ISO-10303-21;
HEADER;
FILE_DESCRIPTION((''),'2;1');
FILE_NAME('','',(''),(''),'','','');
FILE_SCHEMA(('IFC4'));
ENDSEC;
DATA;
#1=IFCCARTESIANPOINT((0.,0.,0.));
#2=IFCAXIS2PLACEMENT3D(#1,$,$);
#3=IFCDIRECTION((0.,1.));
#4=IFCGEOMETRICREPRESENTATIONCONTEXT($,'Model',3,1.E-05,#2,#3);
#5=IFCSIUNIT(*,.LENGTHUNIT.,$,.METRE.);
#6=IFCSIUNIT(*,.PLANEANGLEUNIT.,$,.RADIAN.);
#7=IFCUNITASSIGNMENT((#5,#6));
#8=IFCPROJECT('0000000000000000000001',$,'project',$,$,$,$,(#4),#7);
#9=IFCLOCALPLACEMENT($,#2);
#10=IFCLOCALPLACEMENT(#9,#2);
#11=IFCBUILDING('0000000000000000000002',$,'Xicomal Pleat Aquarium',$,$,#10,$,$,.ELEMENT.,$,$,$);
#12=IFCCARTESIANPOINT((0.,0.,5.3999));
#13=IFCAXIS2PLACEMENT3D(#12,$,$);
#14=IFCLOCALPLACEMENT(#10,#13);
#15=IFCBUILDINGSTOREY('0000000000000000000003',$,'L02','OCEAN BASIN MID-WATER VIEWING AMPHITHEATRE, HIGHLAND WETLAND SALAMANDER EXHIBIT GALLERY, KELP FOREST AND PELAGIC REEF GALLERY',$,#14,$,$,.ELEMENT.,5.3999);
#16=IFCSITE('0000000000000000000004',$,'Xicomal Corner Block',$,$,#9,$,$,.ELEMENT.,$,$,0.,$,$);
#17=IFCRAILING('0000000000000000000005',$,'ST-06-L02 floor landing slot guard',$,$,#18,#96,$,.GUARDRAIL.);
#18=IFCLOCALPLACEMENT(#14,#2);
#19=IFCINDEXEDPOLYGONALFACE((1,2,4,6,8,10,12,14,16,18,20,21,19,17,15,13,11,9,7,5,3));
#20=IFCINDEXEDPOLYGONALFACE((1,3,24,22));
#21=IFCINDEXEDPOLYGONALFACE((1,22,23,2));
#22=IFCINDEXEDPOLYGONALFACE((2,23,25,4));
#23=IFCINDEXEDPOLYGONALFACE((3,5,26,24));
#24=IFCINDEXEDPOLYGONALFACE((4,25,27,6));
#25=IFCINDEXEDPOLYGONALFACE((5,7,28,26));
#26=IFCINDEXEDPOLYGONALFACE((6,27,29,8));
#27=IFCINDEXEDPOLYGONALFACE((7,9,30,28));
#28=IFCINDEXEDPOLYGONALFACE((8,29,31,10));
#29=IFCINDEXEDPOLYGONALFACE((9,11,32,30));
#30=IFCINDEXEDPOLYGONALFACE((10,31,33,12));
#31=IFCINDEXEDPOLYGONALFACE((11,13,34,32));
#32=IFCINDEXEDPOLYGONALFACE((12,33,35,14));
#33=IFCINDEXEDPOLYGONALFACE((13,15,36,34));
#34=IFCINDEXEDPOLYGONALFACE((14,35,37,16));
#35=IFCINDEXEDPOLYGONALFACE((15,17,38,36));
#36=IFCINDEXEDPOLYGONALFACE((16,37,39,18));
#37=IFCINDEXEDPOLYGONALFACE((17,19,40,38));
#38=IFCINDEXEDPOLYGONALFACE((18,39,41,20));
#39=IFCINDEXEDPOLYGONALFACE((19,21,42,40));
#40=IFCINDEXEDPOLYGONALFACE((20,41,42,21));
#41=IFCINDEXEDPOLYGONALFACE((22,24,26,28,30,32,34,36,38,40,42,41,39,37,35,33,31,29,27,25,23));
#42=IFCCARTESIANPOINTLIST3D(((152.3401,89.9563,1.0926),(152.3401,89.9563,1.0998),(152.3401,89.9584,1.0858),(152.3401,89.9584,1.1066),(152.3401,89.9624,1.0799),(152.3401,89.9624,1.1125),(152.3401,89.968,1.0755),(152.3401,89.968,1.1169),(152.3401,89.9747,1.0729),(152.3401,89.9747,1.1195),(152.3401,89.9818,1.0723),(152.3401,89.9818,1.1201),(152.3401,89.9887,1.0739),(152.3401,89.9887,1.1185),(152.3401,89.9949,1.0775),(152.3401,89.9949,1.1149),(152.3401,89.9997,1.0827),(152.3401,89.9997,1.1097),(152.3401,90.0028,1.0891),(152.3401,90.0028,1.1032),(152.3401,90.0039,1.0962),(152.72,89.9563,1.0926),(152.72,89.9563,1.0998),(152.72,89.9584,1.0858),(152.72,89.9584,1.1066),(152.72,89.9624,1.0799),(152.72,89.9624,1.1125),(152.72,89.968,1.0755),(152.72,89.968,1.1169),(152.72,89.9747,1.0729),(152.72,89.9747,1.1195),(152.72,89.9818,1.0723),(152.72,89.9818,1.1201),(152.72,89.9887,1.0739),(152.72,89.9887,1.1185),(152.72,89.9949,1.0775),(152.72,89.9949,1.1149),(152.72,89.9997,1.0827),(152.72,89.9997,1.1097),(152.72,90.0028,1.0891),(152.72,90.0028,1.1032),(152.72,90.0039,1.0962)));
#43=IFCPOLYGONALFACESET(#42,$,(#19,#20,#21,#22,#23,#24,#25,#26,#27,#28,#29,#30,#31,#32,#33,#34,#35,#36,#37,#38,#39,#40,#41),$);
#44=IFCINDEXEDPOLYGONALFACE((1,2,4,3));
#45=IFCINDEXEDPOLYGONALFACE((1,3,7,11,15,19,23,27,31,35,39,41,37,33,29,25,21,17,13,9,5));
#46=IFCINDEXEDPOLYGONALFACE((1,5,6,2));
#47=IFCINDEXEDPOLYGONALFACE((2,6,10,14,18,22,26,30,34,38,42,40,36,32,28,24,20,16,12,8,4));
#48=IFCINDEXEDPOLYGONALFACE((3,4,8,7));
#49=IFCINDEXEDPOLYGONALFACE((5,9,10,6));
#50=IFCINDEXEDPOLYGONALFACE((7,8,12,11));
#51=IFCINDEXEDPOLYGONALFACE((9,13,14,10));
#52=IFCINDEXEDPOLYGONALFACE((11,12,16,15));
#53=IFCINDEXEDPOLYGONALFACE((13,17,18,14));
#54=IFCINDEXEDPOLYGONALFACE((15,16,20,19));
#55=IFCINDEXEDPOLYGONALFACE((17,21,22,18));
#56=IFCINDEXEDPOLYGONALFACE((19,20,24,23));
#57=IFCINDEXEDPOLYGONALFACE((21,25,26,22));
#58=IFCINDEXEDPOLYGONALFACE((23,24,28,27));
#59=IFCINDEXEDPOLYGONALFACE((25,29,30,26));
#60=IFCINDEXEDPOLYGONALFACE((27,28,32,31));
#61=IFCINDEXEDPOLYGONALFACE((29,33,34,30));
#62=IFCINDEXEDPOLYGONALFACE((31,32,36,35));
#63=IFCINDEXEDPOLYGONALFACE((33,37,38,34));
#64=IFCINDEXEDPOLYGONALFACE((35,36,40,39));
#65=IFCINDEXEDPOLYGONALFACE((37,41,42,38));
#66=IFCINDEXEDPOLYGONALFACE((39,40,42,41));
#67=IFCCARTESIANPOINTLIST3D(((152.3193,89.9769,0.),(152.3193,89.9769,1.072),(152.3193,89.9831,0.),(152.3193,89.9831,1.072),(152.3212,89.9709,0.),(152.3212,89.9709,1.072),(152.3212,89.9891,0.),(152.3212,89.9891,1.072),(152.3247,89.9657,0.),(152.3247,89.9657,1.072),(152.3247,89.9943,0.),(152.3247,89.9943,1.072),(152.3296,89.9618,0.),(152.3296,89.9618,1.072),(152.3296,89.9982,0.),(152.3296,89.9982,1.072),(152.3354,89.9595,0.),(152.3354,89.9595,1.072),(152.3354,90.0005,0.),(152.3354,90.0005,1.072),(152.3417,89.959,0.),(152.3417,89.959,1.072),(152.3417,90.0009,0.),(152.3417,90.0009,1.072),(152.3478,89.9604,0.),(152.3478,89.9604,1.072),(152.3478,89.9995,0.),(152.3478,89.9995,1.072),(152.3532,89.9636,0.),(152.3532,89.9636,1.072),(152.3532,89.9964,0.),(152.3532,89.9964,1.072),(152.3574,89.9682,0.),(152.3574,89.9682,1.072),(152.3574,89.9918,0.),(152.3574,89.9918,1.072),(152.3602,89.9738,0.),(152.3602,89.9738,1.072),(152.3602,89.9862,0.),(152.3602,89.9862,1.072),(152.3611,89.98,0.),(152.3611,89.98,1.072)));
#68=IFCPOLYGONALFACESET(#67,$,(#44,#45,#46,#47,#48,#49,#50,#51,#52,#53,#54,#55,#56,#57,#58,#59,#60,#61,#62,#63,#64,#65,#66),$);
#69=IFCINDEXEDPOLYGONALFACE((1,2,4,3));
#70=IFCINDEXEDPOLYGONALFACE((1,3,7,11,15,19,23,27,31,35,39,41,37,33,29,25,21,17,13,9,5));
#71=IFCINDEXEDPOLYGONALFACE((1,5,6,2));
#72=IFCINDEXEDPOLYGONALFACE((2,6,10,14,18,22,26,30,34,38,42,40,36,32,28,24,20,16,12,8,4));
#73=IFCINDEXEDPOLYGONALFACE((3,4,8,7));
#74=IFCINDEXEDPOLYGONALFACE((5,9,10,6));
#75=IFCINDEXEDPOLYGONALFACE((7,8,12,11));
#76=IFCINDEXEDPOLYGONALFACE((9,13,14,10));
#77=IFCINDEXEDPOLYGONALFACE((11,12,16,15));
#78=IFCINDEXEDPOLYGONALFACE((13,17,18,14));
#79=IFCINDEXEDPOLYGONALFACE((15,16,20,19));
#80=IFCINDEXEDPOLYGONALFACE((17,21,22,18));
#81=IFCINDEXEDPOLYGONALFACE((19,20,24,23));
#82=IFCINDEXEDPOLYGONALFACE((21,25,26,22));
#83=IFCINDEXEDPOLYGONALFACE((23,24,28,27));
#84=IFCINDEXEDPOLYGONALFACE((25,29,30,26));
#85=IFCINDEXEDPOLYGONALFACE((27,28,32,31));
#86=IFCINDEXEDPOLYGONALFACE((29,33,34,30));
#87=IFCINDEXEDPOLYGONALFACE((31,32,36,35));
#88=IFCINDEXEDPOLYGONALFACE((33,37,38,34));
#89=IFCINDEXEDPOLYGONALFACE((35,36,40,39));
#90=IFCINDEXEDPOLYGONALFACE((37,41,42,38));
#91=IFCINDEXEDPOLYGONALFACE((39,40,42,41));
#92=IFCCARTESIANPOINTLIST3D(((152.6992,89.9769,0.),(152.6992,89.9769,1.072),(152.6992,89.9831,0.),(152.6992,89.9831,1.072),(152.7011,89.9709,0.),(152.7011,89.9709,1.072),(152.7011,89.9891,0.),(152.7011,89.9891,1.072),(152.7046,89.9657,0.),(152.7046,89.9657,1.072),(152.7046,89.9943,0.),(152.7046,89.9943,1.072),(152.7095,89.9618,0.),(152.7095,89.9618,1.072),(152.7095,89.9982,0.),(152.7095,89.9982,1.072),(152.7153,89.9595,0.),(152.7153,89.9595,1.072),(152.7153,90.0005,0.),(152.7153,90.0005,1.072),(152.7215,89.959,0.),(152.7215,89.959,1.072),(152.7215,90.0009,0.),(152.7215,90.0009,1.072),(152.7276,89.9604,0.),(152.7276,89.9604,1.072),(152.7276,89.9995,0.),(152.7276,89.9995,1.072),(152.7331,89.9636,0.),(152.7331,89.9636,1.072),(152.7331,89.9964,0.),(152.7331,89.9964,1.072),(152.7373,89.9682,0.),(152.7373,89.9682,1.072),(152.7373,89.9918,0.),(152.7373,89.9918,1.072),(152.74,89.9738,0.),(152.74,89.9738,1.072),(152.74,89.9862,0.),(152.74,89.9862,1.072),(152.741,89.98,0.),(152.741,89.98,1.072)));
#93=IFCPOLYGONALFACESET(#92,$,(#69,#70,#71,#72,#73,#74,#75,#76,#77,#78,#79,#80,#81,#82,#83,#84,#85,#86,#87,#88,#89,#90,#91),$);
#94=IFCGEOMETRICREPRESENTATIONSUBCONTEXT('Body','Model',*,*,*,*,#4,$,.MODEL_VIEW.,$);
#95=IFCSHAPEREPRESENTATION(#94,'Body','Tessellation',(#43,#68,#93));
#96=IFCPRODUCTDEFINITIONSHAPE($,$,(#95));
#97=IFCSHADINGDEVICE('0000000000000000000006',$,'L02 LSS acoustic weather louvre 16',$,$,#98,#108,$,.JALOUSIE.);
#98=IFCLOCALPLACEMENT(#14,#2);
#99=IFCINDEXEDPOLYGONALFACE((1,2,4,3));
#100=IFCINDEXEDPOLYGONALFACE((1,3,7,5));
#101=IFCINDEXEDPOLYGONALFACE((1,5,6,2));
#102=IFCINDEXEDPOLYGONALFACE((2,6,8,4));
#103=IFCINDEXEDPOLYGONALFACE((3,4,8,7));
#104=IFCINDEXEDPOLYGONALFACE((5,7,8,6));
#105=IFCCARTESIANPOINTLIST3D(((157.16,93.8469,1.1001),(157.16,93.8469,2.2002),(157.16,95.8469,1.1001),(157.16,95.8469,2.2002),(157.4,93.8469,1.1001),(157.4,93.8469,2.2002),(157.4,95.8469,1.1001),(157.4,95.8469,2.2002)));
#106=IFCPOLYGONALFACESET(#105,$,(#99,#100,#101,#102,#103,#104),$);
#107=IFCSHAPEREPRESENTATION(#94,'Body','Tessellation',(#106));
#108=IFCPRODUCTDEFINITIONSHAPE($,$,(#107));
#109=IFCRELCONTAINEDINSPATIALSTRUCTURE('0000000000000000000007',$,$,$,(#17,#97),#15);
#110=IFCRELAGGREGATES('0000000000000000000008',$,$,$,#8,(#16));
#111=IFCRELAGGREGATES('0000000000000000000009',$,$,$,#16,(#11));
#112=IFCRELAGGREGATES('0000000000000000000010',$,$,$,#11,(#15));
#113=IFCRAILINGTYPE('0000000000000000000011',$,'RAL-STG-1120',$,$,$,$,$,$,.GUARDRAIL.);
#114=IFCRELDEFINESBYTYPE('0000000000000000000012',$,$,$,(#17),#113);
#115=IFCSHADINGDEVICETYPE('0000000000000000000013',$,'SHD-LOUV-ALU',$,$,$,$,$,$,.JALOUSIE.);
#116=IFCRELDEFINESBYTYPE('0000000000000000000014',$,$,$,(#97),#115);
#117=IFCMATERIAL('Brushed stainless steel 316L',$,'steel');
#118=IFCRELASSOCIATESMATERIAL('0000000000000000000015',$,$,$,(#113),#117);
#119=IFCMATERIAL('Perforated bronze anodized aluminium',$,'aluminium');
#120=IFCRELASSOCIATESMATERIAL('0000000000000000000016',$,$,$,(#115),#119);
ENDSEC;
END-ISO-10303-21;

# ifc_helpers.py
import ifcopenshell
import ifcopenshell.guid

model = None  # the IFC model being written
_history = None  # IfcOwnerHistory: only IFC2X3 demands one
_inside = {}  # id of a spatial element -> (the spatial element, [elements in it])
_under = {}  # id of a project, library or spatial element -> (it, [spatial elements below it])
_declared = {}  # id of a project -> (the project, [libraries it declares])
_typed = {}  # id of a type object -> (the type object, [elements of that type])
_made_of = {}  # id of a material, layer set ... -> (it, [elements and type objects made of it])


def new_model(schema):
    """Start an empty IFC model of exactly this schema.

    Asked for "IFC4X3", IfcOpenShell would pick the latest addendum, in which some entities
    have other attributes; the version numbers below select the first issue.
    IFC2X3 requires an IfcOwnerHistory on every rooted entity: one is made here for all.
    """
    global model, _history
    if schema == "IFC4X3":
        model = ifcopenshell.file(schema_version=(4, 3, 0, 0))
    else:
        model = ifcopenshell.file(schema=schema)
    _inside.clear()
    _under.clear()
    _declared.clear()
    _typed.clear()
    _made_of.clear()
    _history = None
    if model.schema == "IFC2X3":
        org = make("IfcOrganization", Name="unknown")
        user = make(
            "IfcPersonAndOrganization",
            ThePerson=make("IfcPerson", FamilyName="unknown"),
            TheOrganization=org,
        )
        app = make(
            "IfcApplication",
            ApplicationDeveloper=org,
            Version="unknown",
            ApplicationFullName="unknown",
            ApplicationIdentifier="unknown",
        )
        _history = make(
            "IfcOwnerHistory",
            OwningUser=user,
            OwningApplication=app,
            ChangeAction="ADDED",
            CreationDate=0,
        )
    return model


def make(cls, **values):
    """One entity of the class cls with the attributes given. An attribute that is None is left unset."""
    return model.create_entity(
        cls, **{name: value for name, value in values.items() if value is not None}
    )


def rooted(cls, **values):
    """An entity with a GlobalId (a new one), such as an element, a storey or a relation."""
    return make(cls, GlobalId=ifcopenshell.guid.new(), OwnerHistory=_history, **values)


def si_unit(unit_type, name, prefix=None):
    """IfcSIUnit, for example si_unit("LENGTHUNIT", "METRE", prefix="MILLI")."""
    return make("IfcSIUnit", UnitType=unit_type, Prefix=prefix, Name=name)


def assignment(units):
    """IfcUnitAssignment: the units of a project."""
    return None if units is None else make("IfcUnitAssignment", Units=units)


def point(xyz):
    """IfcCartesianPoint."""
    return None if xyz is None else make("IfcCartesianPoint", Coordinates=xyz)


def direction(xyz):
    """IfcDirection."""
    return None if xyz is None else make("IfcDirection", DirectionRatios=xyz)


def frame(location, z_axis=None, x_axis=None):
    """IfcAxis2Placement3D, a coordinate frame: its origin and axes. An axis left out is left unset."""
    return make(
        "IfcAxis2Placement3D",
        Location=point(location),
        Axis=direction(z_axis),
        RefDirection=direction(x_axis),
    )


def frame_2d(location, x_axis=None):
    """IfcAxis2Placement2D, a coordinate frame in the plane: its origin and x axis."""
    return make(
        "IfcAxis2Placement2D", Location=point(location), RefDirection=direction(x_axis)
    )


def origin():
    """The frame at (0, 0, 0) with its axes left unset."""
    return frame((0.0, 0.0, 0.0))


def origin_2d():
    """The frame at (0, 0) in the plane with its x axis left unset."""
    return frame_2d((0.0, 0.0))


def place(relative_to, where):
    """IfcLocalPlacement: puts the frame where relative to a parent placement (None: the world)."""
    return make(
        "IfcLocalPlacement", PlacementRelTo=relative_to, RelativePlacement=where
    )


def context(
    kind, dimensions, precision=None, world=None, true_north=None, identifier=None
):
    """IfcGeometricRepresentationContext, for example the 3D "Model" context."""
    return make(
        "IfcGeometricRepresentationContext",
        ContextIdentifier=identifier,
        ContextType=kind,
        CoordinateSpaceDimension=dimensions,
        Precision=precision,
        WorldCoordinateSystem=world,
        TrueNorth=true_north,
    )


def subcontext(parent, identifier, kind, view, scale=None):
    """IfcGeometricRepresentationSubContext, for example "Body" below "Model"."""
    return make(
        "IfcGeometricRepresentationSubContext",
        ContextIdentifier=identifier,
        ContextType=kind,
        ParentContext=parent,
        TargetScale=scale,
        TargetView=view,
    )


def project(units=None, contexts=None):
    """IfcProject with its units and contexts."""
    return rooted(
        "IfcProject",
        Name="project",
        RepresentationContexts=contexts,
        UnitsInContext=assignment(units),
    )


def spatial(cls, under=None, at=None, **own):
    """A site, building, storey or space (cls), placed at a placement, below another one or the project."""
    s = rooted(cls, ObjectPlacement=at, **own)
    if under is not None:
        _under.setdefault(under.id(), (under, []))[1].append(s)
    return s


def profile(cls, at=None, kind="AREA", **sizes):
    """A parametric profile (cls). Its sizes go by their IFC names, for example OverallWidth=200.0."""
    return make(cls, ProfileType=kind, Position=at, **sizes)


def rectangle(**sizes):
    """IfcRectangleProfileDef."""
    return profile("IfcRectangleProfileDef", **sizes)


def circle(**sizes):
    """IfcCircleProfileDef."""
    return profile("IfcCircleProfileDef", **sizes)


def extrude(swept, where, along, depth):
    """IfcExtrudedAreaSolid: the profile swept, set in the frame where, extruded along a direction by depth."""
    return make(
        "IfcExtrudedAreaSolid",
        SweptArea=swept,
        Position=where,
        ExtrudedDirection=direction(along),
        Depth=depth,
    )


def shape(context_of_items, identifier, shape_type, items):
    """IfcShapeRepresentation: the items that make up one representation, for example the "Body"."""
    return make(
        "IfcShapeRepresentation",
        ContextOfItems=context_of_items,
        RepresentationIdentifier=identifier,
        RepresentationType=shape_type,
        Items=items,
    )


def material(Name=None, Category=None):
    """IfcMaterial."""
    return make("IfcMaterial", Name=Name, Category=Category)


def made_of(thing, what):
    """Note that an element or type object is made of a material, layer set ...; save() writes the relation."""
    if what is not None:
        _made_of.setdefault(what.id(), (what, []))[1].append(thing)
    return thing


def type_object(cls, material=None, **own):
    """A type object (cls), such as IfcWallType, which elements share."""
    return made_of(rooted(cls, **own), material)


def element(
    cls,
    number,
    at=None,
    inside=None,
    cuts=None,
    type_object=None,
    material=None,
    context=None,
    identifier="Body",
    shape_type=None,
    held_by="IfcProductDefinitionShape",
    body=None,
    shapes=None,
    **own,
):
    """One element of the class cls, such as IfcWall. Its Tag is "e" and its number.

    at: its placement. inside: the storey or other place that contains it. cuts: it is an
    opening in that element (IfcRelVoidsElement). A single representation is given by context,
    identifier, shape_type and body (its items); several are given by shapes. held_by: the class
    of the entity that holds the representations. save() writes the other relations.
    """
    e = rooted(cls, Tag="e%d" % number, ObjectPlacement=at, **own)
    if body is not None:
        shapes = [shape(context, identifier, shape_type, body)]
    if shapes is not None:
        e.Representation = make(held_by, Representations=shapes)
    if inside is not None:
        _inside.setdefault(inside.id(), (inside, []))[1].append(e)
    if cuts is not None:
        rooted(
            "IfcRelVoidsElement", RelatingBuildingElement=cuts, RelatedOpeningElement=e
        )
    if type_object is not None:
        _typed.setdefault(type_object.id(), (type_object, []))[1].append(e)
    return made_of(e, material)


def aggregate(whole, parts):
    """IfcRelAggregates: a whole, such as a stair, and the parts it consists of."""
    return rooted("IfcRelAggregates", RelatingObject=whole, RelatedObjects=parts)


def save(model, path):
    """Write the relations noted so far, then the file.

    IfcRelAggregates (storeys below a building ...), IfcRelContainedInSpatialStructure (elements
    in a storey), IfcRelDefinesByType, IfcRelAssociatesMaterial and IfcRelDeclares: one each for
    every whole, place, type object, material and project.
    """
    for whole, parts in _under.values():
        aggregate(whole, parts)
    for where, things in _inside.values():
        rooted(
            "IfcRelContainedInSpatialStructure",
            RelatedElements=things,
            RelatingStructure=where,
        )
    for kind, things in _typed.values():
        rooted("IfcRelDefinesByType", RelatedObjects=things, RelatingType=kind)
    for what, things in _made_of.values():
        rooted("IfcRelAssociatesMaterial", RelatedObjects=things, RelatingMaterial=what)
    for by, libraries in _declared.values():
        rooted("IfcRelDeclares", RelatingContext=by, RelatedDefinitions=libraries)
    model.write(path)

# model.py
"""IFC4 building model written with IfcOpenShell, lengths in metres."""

from ifc_helpers import new_model, si_unit, direction, frame, origin, origin_2d, place, context, subcontext, project, spatial, rectangle, circle, extrude, material, type_object, element, save


model = new_model("IFC4")

# Units and contexts
model_context = context("Model", 3, precision=1e-05, world=origin(), true_north=direction((0.0, 1.0)))
body_context = subcontext(model_context, "Body", "Model", "MODEL_VIEW")
ifc_project = project(units=[si_unit("LENGTHUNIT", "METRE"), si_unit("PLANEANGLEUNIT", "RADIAN")], contexts=[model_context])

# Site, building, storey
site_placement = place(None, origin())
site = spatial("IfcSite", under=ifc_project, at=site_placement, Name="Xicomal Corner Block", CompositionType="ELEMENT", RefElevation=0.0)
building_placement = place(site_placement, origin())
building = spatial("IfcBuilding", under=site, at=building_placement, Name="Xicomal Pleat Aquarium", CompositionType="ELEMENT")
storey_placement = place(building_placement, frame((0.0, 0.0, 5.3999)))
storey = spatial("IfcBuildingStorey", under=building, at=storey_placement, Name="L02", Description="OCEAN BASIN MID-WATER VIEWING AMPHITHEATRE, HIGHLAND WETLAND SALAMANDER EXHIBIT GALLERY, KELP FOREST AND PELAGIC REEF GALLERY", CompositionType="ELEMENT", Elevation=5.3999)

# Railing
ifc_material_1 = material(Name="Brushed stainless steel 316L", Category="steel")
railing_type_1 = type_object("IfcRailingType", Name="RAL-STG-1120", PredefinedType="GUARDRAIL", material=ifc_material_1)
railing_1_placement = place(storey_placement, frame((152.3401, 89.98, 0.0)))
element("IfcRailing", 1, at=railing_1_placement, inside=storey, type_object=railing_type_1, Name="ST-06-L02 floor landing slot guard", PredefinedType="GUARDRAIL", context=body_context, shape_type="SweptSolid", body=[
    extrude(circle(Radius=0.0239, at=origin_2d()), frame((0.0, 0.0, 1.0962), z_axis=(1.0, 0.0, 0.0), x_axis=(0.0, 1.0, 0.0)), (0.0, 0.0, 1.0), 0.3799),
    extrude(circle(Radius=0.021, at=origin_2d()), origin(), (0.0, 0.0, 1.0), 1.072),
    extrude(circle(Radius=0.021, at=origin_2d()), frame((0.3799, 0.0, 0.0)), (0.0, 0.0, 1.0), 1.072),
])

# Shading device
ifc_material_2 = material(Name="Perforated bronze anodized aluminium", Category="aluminium")
shading_device_type = type_object("IfcShadingDeviceType", Name="SHD-LOUV-ALU", PredefinedType="JALOUSIE", material=ifc_material_2)
shading_device_placement = place(storey_placement, frame((157.28, 94.8469, 1.1001), z_axis=(0.0, 0.0, 1.0), x_axis=(0.0, -1.0, 0.0)))
element("IfcShadingDevice", 2, at=shading_device_placement, inside=storey, type_object=shading_device_type, Name="L02 LSS acoustic weather louvre 16", PredefinedType="JALOUSIE", context=body_context, shape_type="SweptSolid", body=[
    extrude(rectangle(XDim=2.0, YDim=0.24, at=origin_2d()), origin(), (0.0, 0.0, 1.0), 1.1001),
])

save(model, "model.ifc")
